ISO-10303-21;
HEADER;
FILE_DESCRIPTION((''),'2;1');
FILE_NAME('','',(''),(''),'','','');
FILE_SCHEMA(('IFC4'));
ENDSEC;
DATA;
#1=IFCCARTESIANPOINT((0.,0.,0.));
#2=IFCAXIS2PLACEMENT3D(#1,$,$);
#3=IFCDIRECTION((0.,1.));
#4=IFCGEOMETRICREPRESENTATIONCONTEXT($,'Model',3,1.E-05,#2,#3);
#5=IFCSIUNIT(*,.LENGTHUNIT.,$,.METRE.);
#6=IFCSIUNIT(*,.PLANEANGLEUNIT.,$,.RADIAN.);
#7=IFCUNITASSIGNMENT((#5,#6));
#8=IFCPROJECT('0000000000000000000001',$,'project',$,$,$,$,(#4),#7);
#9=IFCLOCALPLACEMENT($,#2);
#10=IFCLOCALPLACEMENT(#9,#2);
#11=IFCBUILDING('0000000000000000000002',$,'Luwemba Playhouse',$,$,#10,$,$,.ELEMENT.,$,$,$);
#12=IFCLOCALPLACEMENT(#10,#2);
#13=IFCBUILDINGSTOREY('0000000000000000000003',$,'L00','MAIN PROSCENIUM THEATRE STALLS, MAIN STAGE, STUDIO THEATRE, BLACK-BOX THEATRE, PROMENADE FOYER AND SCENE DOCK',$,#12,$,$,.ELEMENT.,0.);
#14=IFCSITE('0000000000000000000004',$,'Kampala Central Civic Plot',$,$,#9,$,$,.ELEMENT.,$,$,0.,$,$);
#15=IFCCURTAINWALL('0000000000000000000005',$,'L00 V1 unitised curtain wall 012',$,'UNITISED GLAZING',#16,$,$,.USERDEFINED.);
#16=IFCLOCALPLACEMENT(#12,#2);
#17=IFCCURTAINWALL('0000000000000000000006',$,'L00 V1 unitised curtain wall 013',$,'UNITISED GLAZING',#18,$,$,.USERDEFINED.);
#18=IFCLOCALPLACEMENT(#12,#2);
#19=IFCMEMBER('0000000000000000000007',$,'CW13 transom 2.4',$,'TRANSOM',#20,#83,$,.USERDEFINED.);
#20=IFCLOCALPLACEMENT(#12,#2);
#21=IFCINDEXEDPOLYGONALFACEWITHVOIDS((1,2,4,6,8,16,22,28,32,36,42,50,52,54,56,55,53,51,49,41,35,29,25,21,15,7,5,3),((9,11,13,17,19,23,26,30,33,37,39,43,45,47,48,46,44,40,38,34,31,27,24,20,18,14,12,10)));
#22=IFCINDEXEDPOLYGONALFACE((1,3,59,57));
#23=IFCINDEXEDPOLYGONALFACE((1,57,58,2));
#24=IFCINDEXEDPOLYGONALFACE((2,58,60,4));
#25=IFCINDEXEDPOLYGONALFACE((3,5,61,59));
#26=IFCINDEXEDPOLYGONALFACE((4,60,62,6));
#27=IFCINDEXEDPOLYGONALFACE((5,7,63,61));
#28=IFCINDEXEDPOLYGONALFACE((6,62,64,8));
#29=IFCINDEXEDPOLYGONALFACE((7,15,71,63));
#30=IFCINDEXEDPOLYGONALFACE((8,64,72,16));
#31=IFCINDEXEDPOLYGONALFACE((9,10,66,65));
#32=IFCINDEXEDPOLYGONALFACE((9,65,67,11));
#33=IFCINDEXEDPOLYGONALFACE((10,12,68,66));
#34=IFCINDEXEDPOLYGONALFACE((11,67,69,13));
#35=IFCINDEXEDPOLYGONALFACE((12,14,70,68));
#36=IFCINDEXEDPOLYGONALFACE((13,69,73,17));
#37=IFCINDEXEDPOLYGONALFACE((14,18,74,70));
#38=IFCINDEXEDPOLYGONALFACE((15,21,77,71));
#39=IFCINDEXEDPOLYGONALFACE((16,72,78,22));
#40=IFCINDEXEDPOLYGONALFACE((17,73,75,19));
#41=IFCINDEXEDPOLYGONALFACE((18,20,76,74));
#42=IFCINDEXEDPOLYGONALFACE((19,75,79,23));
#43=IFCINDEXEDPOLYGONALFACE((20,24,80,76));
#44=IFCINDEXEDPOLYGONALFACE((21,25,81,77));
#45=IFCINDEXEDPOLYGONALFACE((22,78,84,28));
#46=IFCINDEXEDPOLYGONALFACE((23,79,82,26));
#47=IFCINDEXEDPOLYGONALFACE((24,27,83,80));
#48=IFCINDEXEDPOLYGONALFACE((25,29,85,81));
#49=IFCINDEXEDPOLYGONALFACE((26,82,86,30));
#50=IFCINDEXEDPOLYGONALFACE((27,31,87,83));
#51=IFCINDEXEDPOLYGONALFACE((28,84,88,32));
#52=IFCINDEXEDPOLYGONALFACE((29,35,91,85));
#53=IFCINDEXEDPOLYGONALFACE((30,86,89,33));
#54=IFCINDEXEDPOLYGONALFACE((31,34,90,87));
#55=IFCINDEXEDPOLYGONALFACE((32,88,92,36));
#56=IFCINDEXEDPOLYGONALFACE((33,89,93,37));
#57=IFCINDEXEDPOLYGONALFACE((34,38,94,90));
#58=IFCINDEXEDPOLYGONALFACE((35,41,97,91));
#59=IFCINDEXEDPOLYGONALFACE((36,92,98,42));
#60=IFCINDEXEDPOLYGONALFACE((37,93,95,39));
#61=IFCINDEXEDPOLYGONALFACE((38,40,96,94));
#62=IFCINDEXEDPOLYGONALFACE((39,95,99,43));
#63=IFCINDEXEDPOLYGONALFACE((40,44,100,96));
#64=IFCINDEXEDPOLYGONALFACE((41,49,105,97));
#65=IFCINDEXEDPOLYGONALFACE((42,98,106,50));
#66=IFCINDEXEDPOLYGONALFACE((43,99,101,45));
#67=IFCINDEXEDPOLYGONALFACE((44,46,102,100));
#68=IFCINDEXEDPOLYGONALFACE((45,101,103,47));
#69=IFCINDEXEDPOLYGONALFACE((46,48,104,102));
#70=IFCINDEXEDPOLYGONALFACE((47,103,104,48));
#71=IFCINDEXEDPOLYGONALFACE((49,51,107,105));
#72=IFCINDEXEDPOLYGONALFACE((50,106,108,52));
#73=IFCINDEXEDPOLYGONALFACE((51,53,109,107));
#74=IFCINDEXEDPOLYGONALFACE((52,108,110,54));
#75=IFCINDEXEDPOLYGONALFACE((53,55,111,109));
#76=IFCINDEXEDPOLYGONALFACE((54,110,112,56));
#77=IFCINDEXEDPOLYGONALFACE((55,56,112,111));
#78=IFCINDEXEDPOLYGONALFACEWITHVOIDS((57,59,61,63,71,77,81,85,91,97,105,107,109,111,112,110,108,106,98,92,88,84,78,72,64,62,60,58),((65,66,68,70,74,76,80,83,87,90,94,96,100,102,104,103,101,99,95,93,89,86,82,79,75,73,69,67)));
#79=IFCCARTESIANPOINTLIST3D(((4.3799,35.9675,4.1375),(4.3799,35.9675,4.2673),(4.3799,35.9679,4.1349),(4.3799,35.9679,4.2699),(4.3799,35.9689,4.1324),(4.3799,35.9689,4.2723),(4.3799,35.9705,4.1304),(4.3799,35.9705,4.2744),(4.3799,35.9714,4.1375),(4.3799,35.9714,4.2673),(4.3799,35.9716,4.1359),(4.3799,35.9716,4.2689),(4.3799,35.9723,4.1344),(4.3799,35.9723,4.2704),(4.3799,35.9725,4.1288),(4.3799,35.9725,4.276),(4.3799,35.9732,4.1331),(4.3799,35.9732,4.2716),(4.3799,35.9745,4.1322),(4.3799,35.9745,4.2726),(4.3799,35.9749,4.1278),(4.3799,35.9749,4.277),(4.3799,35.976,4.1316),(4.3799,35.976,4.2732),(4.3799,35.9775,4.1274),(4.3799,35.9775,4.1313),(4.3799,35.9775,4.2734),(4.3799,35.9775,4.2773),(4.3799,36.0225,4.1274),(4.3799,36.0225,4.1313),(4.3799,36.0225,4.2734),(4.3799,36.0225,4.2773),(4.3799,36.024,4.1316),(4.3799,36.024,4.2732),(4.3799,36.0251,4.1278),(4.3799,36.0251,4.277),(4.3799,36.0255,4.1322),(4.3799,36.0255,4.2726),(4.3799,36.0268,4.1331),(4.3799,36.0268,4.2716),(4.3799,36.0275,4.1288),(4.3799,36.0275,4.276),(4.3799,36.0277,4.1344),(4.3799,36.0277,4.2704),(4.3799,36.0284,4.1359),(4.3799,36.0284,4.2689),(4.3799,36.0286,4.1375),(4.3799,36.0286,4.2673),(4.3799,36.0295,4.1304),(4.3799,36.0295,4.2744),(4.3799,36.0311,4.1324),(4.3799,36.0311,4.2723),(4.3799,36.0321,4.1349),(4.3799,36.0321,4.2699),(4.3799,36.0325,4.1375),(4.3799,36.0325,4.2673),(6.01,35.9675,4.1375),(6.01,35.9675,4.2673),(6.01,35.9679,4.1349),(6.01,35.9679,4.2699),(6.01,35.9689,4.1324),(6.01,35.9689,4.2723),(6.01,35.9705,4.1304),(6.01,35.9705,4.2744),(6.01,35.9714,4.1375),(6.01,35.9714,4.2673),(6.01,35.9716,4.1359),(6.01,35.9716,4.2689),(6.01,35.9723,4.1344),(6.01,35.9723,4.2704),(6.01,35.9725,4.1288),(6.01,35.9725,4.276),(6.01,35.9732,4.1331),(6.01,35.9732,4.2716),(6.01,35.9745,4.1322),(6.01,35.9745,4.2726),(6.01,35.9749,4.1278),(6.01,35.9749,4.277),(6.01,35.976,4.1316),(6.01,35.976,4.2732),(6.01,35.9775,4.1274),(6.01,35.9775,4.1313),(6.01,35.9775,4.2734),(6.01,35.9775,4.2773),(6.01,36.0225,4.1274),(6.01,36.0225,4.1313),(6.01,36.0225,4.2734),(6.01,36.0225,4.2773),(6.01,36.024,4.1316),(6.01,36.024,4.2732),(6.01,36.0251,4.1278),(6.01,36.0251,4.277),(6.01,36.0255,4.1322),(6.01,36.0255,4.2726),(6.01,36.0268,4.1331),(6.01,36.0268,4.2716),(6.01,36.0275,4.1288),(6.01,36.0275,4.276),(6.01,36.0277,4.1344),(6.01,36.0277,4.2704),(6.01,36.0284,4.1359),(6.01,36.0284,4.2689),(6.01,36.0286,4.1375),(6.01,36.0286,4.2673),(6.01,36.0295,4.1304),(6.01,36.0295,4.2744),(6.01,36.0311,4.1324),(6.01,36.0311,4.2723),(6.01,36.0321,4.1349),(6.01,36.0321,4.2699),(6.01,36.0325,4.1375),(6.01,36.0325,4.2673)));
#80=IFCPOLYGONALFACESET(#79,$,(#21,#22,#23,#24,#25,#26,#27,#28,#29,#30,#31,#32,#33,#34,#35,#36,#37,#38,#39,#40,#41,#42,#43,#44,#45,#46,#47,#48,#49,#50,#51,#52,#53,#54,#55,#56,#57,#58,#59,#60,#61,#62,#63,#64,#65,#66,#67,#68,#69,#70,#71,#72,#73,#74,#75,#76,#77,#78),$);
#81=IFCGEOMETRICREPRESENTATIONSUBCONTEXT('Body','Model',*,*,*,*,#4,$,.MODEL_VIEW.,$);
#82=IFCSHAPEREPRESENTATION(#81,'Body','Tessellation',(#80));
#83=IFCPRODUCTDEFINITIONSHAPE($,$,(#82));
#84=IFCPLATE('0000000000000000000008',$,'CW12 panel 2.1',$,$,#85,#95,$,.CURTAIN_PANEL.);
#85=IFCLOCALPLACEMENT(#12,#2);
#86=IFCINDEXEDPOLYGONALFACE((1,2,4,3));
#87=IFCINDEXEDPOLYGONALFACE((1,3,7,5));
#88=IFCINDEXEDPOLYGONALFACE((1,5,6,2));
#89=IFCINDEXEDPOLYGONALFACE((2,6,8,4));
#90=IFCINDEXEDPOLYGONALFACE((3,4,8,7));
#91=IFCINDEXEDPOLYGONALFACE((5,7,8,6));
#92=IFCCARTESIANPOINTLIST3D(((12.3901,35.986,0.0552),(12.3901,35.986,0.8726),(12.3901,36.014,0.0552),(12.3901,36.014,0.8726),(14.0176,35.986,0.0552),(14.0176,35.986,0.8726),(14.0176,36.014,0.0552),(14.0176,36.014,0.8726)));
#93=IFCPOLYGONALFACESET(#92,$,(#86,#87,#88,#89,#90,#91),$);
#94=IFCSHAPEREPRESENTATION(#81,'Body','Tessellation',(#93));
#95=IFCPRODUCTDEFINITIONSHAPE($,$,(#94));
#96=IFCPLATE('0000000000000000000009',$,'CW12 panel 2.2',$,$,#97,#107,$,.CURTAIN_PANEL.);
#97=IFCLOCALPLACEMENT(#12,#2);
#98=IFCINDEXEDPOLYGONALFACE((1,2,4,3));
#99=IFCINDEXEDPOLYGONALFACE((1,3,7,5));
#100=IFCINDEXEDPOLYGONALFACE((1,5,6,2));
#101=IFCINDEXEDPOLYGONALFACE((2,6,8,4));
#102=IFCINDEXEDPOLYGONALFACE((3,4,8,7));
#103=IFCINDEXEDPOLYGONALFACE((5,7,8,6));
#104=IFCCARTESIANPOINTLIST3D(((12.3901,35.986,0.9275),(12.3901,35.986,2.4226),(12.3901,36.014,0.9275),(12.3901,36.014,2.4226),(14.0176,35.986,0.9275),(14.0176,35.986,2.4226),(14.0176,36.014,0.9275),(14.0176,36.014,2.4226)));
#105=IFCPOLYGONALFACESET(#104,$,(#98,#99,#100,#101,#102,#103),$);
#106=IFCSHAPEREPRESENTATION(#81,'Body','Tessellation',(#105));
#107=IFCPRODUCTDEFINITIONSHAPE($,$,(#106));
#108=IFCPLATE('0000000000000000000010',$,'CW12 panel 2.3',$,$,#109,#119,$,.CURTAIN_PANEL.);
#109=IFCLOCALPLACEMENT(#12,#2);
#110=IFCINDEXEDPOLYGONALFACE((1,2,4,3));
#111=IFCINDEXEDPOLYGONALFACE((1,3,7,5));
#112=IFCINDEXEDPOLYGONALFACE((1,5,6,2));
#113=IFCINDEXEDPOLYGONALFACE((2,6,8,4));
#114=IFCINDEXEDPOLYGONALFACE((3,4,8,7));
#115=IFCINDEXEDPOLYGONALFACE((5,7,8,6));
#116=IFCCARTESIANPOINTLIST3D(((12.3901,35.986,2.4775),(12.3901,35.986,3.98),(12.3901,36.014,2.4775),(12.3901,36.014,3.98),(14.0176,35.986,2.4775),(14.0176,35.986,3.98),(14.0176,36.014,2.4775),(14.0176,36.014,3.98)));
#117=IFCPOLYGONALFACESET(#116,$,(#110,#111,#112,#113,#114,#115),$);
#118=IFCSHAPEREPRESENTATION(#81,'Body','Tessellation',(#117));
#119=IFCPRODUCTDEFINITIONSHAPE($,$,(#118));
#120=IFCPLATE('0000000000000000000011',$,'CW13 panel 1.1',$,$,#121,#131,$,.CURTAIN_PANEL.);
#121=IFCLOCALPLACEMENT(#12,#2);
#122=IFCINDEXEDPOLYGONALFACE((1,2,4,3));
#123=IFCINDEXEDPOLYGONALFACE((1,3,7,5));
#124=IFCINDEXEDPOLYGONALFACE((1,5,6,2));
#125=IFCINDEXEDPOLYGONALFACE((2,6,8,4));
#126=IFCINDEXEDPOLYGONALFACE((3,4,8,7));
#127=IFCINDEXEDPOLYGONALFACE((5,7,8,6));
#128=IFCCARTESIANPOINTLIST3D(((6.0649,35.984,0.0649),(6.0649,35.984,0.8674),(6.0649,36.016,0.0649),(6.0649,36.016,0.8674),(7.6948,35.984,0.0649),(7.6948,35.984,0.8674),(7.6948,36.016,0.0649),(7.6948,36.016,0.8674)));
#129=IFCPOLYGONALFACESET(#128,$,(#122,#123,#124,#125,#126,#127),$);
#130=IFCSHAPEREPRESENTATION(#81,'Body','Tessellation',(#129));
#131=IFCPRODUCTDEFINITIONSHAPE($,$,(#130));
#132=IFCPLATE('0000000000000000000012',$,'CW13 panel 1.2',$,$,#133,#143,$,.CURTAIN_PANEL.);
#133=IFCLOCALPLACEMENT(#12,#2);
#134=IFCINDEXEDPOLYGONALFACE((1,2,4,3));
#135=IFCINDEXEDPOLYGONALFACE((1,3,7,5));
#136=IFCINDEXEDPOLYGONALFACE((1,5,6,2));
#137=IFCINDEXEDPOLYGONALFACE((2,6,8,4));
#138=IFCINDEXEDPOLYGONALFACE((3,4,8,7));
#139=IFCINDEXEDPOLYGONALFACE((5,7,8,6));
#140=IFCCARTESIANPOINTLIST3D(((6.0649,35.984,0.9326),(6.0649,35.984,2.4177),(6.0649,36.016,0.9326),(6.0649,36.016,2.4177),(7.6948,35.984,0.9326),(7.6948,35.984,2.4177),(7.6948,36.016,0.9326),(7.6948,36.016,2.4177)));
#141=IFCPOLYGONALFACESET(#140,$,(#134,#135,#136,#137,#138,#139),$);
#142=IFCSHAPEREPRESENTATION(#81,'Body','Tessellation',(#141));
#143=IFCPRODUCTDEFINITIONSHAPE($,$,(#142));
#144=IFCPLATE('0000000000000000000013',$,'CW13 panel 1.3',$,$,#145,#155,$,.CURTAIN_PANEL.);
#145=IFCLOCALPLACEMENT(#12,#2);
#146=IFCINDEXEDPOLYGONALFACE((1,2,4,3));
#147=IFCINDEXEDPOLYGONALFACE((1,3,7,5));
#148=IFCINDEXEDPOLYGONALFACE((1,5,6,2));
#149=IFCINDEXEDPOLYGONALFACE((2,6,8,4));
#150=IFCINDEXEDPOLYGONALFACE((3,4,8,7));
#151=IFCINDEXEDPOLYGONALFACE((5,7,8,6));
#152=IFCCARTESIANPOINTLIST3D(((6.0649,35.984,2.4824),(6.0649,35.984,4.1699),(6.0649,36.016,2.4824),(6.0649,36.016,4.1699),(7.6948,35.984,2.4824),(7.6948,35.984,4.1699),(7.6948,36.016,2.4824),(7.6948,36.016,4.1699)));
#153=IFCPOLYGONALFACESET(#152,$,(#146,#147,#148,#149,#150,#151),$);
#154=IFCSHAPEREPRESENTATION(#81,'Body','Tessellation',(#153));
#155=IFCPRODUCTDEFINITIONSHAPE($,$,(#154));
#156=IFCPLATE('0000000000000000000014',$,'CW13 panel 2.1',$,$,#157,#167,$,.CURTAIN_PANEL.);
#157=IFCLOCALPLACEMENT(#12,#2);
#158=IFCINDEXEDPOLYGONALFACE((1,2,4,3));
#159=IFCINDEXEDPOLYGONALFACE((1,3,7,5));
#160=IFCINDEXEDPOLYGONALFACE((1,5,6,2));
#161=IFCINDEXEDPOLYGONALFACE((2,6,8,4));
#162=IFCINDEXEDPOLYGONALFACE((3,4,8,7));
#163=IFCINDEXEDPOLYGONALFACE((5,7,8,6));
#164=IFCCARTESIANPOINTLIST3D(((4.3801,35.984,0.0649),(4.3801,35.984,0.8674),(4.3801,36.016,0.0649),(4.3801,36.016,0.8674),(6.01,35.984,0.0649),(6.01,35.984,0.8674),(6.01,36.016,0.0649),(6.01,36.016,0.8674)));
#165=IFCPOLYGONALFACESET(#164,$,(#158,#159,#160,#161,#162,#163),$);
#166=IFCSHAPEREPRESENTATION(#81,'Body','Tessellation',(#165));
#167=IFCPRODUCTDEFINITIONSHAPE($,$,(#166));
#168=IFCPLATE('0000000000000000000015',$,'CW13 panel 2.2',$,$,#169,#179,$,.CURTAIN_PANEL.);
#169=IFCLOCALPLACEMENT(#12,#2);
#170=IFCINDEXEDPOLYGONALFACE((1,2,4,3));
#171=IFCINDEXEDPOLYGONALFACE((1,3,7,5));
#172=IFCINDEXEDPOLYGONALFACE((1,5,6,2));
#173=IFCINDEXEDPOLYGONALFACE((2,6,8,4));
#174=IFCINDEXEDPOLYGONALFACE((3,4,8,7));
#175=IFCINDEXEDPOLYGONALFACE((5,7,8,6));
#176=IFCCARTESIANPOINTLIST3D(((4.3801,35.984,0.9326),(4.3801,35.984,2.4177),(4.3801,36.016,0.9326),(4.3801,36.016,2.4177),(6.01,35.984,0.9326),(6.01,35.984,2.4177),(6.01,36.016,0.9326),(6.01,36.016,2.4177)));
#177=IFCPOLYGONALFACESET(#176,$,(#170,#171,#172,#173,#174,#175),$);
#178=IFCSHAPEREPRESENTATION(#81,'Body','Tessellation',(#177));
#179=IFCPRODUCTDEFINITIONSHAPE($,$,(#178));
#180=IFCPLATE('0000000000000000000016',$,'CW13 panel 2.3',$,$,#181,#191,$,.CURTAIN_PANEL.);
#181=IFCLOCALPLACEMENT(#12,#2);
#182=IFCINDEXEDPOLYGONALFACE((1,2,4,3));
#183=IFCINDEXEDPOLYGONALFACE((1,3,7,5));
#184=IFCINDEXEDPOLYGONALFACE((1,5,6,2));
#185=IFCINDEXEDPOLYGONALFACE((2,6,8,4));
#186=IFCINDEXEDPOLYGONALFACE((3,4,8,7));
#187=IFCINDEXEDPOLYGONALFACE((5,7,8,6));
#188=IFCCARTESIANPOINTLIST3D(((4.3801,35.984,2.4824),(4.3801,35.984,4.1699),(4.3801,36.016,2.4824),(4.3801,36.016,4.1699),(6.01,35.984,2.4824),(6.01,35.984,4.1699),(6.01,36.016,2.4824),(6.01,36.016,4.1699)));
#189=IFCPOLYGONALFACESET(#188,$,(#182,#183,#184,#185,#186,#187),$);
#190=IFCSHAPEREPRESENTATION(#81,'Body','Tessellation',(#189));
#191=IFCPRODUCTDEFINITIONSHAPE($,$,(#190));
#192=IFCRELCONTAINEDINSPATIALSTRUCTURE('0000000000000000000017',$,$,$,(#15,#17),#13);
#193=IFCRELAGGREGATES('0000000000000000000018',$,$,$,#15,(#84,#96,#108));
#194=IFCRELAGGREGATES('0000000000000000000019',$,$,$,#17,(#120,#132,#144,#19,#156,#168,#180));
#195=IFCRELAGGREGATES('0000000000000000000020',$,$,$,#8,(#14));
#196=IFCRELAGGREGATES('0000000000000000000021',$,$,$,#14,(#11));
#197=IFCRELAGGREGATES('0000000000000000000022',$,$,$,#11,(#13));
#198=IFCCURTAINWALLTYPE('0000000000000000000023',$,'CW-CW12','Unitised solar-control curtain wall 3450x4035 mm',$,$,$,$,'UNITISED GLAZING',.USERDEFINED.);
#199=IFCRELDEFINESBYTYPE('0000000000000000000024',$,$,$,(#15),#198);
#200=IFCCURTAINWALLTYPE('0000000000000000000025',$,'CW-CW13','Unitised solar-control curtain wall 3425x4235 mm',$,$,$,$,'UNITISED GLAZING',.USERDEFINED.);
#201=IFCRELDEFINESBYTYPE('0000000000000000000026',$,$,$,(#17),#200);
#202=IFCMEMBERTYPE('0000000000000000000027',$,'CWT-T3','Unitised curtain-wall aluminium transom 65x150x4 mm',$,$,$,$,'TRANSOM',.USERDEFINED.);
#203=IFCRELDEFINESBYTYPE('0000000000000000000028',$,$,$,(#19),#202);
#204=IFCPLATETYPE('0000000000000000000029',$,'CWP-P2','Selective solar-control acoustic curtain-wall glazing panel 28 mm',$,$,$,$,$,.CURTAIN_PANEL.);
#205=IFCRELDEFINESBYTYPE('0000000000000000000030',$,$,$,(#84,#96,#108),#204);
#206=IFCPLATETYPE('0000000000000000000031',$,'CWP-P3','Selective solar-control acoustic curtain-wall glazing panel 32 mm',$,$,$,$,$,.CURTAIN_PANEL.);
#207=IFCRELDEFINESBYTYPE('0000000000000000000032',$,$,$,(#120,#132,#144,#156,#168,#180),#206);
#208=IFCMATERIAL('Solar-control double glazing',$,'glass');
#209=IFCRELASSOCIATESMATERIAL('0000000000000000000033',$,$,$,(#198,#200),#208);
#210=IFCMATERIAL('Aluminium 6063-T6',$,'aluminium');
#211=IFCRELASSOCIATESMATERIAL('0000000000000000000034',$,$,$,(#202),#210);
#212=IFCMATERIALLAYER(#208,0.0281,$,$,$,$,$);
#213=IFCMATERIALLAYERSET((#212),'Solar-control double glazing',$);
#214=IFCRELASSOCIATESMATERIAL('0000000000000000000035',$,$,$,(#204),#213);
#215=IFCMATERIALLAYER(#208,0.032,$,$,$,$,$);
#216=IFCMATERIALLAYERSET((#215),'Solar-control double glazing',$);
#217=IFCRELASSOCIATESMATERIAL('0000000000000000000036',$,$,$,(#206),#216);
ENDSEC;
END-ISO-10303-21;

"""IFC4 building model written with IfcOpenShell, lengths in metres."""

from ifc_helpers import new_model, si_unit, direction, frame, origin, origin_2d, place, context, subcontext, project, spatial, rectangle, hollow_rectangle, extrude, material, layer, layer_set, material_profile, profile_set, type_object, element, aggregate, save


model = new_model("IFC4")

# Units and contexts
model_context = context("Model", 3, precision=1e-05, world=origin(), true_north=direction((0.0, 1.0)))
body_context = subcontext(model_context, "Body", "Model", "MODEL_VIEW")
ifc_project = project(units=[si_unit("LENGTHUNIT", "METRE"), si_unit("PLANEANGLEUNIT", "RADIAN")], contexts=[model_context])

# Site, building, storey
site_placement = place(None, origin())
site = spatial("IfcSite", under=ifc_project, at=site_placement, Name="Kampala Central Civic Plot", CompositionType="ELEMENT", RefElevation=0.0)
building_placement = place(site_placement, origin())
building = spatial("IfcBuilding", under=site, at=building_placement, Name="Luwemba Playhouse", CompositionType="ELEMENT")
storey_placement = place(building_placement, origin())
storey = spatial("IfcBuildingStorey", under=building, at=storey_placement, Name="L00", Description="MAIN PROSCENIUM THEATRE STALLS, MAIN STAGE, STUDIO THEATRE, BLACK-BOX THEATRE, PROMENADE FOYER AND SCENE DOCK", CompositionType="ELEMENT", Elevation=0.0)

# Curtain wall
ifc_material_1 = material(Name="Solar-control double glazing", Category="glass")
curtain_wall_type_1 = type_object("IfcCurtainWallType", Name="CW-CW12", Description="Unitised solar-control curtain wall 3450x4035 mm", ElementType="UNITISED GLAZING", PredefinedType="USERDEFINED", material=ifc_material_1)
curtain_wall_1_placement = place(storey_placement, origin())
curtain_wall_1 = element("IfcCurtainWall", 1, at=curtain_wall_1_placement, inside=storey, type_object=curtain_wall_type_1, Name="L00 V1 unitised curtain wall 012", ObjectType="UNITISED GLAZING", PredefinedType="USERDEFINED")
ifc_material_2 = material(Name="Aluminium 6063-T6", Category="aluminium")

# Curtain wall, member
curtain_wall_type_2 = type_object("IfcCurtainWallType", Name="CW-CW13", Description="Unitised solar-control curtain wall 3425x4235 mm", ElementType="UNITISED GLAZING", PredefinedType="USERDEFINED", material=ifc_material_1)
curtain_wall_2_placement = place(storey_placement, origin())
curtain_wall_2 = element("IfcCurtainWall", 2, at=curtain_wall_2_placement, inside=storey, type_object=curtain_wall_type_2, Name="L00 V1 unitised curtain wall 013", ObjectType="UNITISED GLAZING", PredefinedType="USERDEFINED")
ifc_material_profile_1 = material_profile(ifc_material_2, hollow_rectangle(XDim=0.0649, YDim=0.1499, WallThickness=0.0039, InnerFilletRadius=0.0061, OuterFilletRadius=0.01, at=origin_2d()))
ifc_profile_set_1 = profile_set([ifc_material_profile_1], Name="Aluminium 6063-T6")
member_type_1 = type_object("IfcMemberType", Name="CWT-T3", Description="Unitised curtain-wall aluminium transom 65x150x4 mm", ElementType="TRANSOM", PredefinedType="USERDEFINED", material=ifc_profile_set_1)
member_1_placement = place(storey_placement, frame((6.01, 36.0, 4.2024), z_axis=(-1.0, 0.0, 0.0), x_axis=(0.0, -1.0, 0.0)))
member_1 = element("IfcMember", 3, at=member_1_placement, type_object=member_type_1, Name="CW13 transom 2.4", ObjectType="TRANSOM", PredefinedType="USERDEFINED", context=body_context, shape_type="SweptSolid", body=[
    extrude(hollow_rectangle(XDim=0.0649, YDim=0.1499, WallThickness=0.0039, InnerFilletRadius=0.0061, OuterFilletRadius=0.01, at=origin_2d()), origin(), (0.0, 0.0, 1.0), 1.6301),
])

# Plates
ifc_layer_1 = layer(ifc_material_1, 0.0281)
ifc_layer_set_1 = layer_set([ifc_layer_1], Name="Solar-control double glazing")
plate_type_1 = type_object("IfcPlateType", Name="CWP-P2", Description="Selective solar-control acoustic curtain-wall glazing panel 28 mm", PredefinedType="CURTAIN_PANEL", material=ifc_layer_set_1)
plate_1_placement = place(storey_placement, frame((13.2039, 36.0, 0.0552), z_axis=(0.0, 0.0, 1.0), x_axis=(-1.0, 0.0, 0.0)))
plate_1 = element("IfcPlate", 4, at=plate_1_placement, type_object=plate_type_1, Name="CW12 panel 2.1", PredefinedType="CURTAIN_PANEL", context=body_context, shape_type="SweptSolid", body=[
    extrude(rectangle(XDim=1.6274, YDim=0.0281, at=origin_2d()), origin(), (0.0, 0.0, 1.0), 0.8174),
])
plate_2_placement = place(storey_placement, frame((13.2039, 36.0, 0.9275), z_axis=(0.0, 0.0, 1.0), x_axis=(-1.0, 0.0, 0.0)))
plate_2 = element("IfcPlate", 5, at=plate_2_placement, type_object=plate_type_1, Name="CW12 panel 2.2", PredefinedType="CURTAIN_PANEL", context=body_context, shape_type="SweptSolid", body=[
    extrude(rectangle(XDim=1.6274, YDim=0.0281, at=origin_2d()), origin(), (0.0, 0.0, 1.0), 1.4951),
])
plate_3_placement = place(storey_placement, frame((13.2039, 36.0, 2.4775), z_axis=(0.0, 0.0, 1.0), x_axis=(-1.0, 0.0, 0.0)))
plate_3 = element("IfcPlate", 6, at=plate_3_placement, type_object=plate_type_1, Name="CW12 panel 2.3", PredefinedType="CURTAIN_PANEL", context=body_context, shape_type="SweptSolid", body=[
    extrude(rectangle(XDim=1.6274, YDim=0.0281, at=origin_2d()), origin(), (0.0, 0.0, 1.0), 1.5024),
])
aggregate(curtain_wall_1, [plate_1, plate_2, plate_3])
ifc_layer_2 = layer(ifc_material_1, 0.032)
ifc_layer_set_2 = layer_set([ifc_layer_2], Name="Solar-control double glazing")
plate_type_2 = type_object("IfcPlateType", Name="CWP-P3", Description="Selective solar-control acoustic curtain-wall glazing panel 32 mm", PredefinedType="CURTAIN_PANEL", material=ifc_layer_set_2)
plate_4_placement = place(storey_placement, frame((6.8799, 36.0, 0.0649), z_axis=(0.0, 0.0, 1.0), x_axis=(-1.0, 0.0, 0.0)))
plate_4 = element("IfcPlate", 7, at=plate_4_placement, type_object=plate_type_2, Name="CW13 panel 1.1", PredefinedType="CURTAIN_PANEL", context=body_context, shape_type="SweptSolid", body=[
    extrude(rectangle(XDim=1.6299, YDim=0.032, at=origin_2d()), origin(), (0.0, 0.0, 1.0), 0.8025),
])
plate_5_placement = place(storey_placement, frame((6.8799, 36.0, 0.9326), z_axis=(0.0, 0.0, 1.0), x_axis=(-1.0, 0.0, 0.0)))
plate_5 = element("IfcPlate", 8, at=plate_5_placement, type_object=plate_type_2, Name="CW13 panel 1.2", PredefinedType="CURTAIN_PANEL", context=body_context, shape_type="SweptSolid", body=[
    extrude(rectangle(XDim=1.6299, YDim=0.032, at=origin_2d()), origin(), (0.0, 0.0, 1.0), 1.4851),
])
plate_6_placement = place(storey_placement, frame((6.8799, 36.0, 2.4824), z_axis=(0.0, 0.0, 1.0), x_axis=(-1.0, 0.0, 0.0)))
plate_6 = element("IfcPlate", 9, at=plate_6_placement, type_object=plate_type_2, Name="CW13 panel 1.3", PredefinedType="CURTAIN_PANEL", context=body_context, shape_type="SweptSolid", body=[
    extrude(rectangle(XDim=1.6299, YDim=0.032, at=origin_2d()), origin(), (0.0, 0.0, 1.0), 1.6875),
])
plate_7_placement = place(storey_placement, frame((5.1951, 36.0, 0.0649), z_axis=(0.0, 0.0, 1.0), x_axis=(-1.0, 0.0, 0.0)))
plate_7 = element("IfcPlate", 10, at=plate_7_placement, type_object=plate_type_2, Name="CW13 panel 2.1", PredefinedType="CURTAIN_PANEL", context=body_context, shape_type="SweptSolid", body=[
    extrude(rectangle(XDim=1.6299, YDim=0.032, at=origin_2d()), origin(), (0.0, 0.0, 1.0), 0.8025),
])
plate_8_placement = place(storey_placement, frame((5.1951, 36.0, 0.9326), z_axis=(0.0, 0.0, 1.0), x_axis=(-1.0, 0.0, 0.0)))
plate_8 = element("IfcPlate", 11, at=plate_8_placement, type_object=plate_type_2, Name="CW13 panel 2.2", PredefinedType="CURTAIN_PANEL", context=body_context, shape_type="SweptSolid", body=[
    extrude(rectangle(XDim=1.6299, YDim=0.032, at=origin_2d()), origin(), (0.0, 0.0, 1.0), 1.4851),
])
plate_9_placement = place(storey_placement, frame((5.1951, 36.0, 2.4824), z_axis=(0.0, 0.0, 1.0), x_axis=(-1.0, 0.0, 0.0)))
plate_9 = element("IfcPlate", 12, at=plate_9_placement, type_object=plate_type_2, Name="CW13 panel 2.3", PredefinedType="CURTAIN_PANEL", context=body_context, shape_type="SweptSolid", body=[
    extrude(rectangle(XDim=1.6299, YDim=0.032, at=origin_2d()), origin(), (0.0, 0.0, 1.0), 1.6875),
])
aggregate(curtain_wall_2, [plate_4, plate_5, plate_6, member_1, plate_7, plate_8, plate_9])

save(model, "model.ifc")
